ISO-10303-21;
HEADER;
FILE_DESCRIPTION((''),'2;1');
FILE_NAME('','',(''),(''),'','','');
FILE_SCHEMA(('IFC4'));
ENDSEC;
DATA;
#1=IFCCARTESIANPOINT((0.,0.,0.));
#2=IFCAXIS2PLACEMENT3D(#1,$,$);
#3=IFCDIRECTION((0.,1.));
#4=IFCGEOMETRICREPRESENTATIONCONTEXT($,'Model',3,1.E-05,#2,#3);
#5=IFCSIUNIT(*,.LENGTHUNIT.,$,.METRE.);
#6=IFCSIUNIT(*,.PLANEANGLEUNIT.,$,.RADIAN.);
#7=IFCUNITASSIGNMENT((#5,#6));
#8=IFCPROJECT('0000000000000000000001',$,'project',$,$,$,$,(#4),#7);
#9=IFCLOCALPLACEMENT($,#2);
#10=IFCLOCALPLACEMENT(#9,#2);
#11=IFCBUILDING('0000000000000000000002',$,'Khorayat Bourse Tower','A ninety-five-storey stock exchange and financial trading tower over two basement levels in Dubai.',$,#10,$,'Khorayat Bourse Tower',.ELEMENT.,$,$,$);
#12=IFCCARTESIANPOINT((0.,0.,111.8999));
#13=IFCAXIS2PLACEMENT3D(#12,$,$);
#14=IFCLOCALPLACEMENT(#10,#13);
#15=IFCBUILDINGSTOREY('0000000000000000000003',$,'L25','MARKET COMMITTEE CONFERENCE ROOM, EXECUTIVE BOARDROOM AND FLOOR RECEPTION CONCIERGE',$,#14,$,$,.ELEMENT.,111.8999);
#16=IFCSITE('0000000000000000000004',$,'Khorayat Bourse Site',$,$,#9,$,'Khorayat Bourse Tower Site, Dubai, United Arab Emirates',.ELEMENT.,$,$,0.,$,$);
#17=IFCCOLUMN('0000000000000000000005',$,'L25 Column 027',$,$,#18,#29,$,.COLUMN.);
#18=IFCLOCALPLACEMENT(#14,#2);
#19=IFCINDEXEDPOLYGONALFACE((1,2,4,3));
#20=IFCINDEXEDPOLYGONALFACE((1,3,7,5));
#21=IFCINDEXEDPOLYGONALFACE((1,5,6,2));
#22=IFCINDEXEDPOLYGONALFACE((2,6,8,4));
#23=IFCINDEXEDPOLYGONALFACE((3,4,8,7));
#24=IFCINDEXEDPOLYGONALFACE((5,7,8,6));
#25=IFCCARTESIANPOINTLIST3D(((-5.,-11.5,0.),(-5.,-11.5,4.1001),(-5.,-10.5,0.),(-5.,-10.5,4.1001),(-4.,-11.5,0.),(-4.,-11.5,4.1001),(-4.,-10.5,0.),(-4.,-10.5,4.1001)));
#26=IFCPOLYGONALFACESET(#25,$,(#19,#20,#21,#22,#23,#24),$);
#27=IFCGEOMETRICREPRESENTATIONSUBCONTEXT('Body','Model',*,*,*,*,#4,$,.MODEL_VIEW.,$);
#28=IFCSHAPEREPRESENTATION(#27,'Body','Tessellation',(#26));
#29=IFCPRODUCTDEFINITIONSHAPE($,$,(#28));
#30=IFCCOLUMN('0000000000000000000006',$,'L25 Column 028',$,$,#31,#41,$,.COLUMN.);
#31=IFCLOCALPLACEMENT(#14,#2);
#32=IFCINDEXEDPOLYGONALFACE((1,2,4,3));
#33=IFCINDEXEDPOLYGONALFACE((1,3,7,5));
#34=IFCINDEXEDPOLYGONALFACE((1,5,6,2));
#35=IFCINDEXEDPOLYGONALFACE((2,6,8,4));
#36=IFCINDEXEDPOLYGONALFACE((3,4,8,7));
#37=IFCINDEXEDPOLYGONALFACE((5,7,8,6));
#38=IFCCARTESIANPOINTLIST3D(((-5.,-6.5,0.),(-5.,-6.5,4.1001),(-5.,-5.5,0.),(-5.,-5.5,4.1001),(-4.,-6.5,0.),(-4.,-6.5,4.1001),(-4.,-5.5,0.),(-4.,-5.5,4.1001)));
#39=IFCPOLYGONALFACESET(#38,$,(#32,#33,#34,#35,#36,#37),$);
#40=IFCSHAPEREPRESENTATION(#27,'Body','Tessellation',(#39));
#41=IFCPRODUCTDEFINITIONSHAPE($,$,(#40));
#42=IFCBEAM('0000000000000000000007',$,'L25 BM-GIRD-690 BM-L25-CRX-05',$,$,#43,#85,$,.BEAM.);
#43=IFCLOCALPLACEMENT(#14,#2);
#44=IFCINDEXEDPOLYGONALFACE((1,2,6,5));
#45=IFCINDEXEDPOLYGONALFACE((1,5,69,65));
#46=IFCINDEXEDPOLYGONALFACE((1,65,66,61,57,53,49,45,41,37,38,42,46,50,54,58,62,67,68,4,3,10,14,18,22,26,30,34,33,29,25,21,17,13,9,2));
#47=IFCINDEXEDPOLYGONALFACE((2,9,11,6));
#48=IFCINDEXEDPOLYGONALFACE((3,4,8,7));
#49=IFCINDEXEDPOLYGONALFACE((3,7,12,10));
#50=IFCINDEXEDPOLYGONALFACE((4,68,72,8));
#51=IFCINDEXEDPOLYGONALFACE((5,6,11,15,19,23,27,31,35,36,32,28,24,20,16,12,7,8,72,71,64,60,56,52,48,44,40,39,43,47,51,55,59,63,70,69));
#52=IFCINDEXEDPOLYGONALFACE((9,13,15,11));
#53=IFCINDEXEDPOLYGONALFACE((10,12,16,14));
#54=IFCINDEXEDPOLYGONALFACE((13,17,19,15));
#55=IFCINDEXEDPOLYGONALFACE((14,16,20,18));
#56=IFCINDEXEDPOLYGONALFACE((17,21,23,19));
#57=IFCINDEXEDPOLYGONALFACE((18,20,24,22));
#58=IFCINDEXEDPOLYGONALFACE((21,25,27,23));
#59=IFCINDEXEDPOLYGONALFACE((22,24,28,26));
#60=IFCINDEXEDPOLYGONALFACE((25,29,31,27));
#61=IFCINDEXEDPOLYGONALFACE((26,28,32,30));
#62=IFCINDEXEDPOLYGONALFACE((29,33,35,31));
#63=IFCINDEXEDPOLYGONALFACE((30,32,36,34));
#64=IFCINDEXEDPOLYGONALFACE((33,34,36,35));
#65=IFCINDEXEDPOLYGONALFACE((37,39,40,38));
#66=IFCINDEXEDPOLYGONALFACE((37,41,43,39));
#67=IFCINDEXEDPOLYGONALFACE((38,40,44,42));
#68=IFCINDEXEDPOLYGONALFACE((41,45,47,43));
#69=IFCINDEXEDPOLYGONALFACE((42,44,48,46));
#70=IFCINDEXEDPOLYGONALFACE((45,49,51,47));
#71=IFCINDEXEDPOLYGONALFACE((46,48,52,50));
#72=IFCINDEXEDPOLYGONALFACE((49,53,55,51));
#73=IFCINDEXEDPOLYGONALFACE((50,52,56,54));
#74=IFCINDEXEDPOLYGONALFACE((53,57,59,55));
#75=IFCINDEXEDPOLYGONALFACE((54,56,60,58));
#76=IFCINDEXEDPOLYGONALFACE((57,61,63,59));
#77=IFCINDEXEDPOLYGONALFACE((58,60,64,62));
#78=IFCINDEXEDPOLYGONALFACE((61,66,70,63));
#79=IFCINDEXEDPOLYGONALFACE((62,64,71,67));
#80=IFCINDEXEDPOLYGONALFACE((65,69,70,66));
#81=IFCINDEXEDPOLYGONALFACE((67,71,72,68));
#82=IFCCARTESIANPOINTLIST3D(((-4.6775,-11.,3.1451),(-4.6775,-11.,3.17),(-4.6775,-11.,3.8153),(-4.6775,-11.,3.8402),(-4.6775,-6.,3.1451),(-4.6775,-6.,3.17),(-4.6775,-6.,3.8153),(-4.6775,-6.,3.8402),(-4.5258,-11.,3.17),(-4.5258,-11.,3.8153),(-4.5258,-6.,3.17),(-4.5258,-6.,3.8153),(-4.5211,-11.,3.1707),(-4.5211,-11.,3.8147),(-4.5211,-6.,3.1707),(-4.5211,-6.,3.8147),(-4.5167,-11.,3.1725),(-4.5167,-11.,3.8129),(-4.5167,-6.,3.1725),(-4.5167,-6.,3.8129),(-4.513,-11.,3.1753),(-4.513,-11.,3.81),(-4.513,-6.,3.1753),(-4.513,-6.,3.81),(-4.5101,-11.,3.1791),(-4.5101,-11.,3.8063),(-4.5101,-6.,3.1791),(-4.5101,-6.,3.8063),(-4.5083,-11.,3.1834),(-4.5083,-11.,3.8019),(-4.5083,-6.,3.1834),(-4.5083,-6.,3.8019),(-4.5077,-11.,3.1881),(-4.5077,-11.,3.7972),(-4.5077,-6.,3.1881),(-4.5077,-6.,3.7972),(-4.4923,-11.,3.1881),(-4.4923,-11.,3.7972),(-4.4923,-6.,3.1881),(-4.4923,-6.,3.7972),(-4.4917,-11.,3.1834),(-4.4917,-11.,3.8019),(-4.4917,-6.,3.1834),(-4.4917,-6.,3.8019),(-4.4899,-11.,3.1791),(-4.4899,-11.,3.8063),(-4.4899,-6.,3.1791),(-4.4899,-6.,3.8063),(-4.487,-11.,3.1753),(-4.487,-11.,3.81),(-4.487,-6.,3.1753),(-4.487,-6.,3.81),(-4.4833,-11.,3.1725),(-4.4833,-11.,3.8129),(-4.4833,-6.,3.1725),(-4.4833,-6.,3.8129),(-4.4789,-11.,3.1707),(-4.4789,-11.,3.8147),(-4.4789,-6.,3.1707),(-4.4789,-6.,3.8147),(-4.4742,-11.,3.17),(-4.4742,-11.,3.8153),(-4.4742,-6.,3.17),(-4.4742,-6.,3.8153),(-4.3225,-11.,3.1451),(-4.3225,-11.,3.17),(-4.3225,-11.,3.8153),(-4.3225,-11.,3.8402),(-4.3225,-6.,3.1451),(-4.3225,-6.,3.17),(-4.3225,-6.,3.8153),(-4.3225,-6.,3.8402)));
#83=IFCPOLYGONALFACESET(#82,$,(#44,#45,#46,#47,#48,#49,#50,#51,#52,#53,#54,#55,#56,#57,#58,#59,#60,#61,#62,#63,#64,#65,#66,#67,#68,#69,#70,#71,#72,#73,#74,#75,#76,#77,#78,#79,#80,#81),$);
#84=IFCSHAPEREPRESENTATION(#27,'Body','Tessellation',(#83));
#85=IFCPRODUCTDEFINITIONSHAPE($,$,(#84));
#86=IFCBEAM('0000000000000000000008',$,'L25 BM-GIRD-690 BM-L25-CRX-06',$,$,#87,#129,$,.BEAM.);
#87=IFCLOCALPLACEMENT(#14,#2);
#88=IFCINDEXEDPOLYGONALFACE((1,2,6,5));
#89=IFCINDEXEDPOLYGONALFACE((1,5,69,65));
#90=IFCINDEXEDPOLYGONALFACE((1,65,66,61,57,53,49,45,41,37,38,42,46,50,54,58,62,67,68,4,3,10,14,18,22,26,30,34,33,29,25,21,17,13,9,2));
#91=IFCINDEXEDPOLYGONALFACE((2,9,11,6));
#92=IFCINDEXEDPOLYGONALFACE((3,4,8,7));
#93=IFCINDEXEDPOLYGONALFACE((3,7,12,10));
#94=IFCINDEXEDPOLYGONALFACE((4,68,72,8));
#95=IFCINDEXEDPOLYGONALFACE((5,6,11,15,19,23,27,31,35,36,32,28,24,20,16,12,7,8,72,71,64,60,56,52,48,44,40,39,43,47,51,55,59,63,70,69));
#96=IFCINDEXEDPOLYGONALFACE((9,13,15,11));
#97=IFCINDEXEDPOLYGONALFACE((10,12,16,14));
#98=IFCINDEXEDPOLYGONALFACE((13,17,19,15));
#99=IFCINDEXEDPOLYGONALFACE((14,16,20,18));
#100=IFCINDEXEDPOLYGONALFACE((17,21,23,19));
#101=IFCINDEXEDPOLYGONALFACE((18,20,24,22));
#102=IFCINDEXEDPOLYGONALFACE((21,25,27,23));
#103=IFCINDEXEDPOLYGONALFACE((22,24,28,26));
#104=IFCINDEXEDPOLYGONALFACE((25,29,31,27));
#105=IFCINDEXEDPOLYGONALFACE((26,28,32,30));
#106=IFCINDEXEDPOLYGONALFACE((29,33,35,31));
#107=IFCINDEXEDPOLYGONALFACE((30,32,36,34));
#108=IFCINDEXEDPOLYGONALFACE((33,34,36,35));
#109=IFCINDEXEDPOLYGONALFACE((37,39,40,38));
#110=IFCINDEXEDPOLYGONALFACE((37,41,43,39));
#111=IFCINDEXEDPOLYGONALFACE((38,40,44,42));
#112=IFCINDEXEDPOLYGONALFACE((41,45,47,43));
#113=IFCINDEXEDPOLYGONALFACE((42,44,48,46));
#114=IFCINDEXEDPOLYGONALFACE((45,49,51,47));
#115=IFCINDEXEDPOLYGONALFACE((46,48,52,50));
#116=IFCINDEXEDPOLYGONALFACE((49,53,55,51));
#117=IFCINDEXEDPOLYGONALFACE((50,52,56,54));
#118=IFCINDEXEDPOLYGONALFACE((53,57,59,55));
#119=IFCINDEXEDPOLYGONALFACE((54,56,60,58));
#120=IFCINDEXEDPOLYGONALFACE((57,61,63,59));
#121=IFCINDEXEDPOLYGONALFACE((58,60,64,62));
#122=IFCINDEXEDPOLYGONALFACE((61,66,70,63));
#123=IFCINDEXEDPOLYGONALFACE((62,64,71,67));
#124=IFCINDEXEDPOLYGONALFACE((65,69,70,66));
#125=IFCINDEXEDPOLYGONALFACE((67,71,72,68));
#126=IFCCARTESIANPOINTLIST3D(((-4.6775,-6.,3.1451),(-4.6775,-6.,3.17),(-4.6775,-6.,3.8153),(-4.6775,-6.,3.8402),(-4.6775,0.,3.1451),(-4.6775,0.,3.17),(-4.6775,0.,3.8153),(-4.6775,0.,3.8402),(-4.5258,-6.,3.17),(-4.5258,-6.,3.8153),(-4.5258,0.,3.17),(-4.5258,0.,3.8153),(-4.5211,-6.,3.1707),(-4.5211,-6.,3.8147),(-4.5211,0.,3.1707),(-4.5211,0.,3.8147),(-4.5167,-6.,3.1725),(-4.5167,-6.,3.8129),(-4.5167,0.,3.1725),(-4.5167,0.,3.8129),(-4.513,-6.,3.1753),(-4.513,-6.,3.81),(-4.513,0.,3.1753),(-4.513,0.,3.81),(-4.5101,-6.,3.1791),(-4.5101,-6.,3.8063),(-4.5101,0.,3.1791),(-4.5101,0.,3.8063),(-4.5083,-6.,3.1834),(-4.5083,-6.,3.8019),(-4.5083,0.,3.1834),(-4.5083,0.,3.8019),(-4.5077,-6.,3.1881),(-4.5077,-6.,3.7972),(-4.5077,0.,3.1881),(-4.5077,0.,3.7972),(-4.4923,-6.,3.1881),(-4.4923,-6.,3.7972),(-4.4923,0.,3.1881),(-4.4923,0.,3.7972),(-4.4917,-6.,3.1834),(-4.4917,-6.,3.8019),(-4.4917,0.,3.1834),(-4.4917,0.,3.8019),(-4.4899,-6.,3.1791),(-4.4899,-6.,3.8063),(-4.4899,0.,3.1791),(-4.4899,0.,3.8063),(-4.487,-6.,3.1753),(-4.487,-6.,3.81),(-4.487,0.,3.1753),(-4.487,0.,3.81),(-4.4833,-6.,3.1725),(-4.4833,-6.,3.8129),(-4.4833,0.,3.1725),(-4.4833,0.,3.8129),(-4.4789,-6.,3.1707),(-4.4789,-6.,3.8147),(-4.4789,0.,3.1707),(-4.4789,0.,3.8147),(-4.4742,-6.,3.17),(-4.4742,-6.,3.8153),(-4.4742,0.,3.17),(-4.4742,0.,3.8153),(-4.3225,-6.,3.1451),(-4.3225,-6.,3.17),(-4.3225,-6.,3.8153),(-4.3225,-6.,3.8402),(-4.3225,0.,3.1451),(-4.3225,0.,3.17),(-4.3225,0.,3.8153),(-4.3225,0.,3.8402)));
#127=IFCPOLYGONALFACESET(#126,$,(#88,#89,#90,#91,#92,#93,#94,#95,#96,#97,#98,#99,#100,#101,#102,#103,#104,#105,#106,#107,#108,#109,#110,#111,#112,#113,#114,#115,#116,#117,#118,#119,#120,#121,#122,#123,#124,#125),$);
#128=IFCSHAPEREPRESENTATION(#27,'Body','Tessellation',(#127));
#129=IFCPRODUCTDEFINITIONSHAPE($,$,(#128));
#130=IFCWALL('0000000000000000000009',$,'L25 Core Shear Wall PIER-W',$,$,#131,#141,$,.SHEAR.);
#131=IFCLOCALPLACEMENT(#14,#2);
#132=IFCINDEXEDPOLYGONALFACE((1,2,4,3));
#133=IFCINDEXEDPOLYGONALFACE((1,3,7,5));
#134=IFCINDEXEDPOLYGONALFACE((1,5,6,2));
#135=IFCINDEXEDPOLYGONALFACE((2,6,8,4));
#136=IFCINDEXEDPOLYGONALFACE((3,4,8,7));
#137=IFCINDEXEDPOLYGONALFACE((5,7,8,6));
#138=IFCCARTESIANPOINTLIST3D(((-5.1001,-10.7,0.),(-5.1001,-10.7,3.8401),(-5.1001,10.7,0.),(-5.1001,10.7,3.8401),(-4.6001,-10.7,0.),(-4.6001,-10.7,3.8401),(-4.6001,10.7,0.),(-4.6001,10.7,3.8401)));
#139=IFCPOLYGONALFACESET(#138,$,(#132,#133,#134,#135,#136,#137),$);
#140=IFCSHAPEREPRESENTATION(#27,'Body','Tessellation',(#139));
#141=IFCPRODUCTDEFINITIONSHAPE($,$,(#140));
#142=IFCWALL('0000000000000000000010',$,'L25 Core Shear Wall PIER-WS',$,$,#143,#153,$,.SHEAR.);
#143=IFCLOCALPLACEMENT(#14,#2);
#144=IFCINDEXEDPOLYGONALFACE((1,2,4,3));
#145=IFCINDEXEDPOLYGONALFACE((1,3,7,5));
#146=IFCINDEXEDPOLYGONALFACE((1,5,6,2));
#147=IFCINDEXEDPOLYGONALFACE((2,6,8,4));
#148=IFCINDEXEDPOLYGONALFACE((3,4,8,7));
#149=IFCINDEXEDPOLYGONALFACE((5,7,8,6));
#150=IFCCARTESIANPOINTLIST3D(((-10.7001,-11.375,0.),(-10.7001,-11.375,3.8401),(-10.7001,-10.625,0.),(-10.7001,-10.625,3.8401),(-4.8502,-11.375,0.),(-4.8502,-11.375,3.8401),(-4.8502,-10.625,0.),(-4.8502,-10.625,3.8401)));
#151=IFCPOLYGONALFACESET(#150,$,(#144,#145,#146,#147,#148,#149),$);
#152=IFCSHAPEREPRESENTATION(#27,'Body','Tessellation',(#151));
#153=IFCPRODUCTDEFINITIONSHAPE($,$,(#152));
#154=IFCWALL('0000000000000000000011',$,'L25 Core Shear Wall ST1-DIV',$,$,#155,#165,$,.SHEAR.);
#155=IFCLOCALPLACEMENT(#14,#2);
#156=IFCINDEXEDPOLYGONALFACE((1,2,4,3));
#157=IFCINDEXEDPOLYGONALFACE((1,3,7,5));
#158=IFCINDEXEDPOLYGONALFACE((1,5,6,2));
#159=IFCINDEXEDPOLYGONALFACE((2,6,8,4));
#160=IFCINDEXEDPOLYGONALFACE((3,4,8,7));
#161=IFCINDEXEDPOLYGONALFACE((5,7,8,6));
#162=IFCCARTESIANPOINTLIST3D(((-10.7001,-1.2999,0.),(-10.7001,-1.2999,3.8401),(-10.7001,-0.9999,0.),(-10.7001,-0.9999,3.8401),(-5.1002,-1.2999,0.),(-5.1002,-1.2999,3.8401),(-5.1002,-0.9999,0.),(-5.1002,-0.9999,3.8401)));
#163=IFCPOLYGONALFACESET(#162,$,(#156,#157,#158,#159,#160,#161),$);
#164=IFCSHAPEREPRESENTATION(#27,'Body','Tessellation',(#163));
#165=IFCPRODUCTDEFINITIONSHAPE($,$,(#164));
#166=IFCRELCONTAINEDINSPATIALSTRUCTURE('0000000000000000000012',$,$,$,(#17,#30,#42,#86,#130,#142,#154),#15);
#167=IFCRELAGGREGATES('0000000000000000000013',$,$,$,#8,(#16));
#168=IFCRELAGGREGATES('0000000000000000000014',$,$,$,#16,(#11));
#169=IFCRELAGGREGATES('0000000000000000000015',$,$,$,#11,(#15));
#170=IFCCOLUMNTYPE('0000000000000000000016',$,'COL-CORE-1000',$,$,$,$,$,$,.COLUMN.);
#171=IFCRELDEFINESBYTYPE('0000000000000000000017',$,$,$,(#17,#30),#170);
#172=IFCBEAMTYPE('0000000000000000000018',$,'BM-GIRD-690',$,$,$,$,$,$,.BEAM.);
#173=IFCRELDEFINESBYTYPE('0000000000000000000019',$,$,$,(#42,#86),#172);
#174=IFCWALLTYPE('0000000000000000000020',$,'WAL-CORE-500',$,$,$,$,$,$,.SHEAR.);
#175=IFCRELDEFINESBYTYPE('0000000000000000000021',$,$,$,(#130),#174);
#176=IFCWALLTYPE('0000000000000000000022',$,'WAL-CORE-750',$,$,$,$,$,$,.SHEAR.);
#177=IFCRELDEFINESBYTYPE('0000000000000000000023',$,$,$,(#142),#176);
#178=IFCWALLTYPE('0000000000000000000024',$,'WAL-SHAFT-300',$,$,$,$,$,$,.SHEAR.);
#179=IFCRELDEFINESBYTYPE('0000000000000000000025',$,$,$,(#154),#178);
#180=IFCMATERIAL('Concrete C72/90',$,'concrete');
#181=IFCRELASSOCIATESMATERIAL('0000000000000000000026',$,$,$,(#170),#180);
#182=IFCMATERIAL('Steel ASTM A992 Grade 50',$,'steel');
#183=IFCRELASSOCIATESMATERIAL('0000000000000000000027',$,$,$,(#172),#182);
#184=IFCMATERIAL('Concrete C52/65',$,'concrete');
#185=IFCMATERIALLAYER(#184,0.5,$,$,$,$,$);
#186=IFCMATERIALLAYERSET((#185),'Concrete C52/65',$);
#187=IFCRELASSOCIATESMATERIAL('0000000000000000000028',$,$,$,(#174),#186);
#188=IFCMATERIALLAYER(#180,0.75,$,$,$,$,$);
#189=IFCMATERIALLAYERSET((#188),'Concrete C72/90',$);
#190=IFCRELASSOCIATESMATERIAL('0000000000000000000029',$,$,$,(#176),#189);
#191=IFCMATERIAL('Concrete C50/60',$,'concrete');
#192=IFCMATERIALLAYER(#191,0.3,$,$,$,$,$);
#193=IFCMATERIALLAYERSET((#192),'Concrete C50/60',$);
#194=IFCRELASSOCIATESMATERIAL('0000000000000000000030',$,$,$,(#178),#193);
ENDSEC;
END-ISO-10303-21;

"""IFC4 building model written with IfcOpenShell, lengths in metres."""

from ifc_helpers import new_model, si_unit, direction, frame, frame_2d, origin, origin_2d, place, context, subcontext, project, spatial, rectangle, i_section, extrude, source, transform, mapped, material, layer, layer_set, material_profile, profile_set, type_object, element, save


model = new_model("IFC4")

# Units and contexts
model_context = context("Model", 3, precision=1e-05, world=origin(), true_north=direction((0.0, 1.0)))
body_context = subcontext(model_context, "Body", "Model", "MODEL_VIEW")
ifc_project = project(units=[si_unit("LENGTHUNIT", "METRE"), si_unit("PLANEANGLEUNIT", "RADIAN")], contexts=[model_context])

# Site, building, storey
site_placement = place(None, origin())
site = spatial("IfcSite", under=ifc_project, at=site_placement, Name="Khorayat Bourse Site", LongName="Khorayat Bourse Tower Site, Dubai, United Arab Emirates", CompositionType="ELEMENT", RefElevation=0.0)
building_placement = place(site_placement, origin())
building = spatial("IfcBuilding", under=site, at=building_placement, Name="Khorayat Bourse Tower", Description="A ninety-five-storey stock exchange and financial trading tower over two basement levels in Dubai.", LongName="Khorayat Bourse Tower", CompositionType="ELEMENT")
storey_placement = place(building_placement, frame((0.0, 0.0, 111.8999)))
storey = spatial("IfcBuildingStorey", under=building, at=storey_placement, Name="L25", Description="MARKET COMMITTEE CONFERENCE ROOM, EXECUTIVE BOARDROOM AND FLOOR RECEPTION CONCIERGE", CompositionType="ELEMENT", Elevation=111.8999)

# Columns
ifc_material_1 = material(Name="Concrete C72/90", Category="concrete")
ifc_material_profile_1 = material_profile(ifc_material_1, rectangle(XDim=1.0, YDim=1.0, at=origin_2d()), Name="RC 1000x1000")
ifc_profile_set_1 = profile_set([ifc_material_profile_1], Name="Concrete C72/90")
column_type = type_object("IfcColumnType", Name="COL-CORE-1000", PredefinedType="COLUMN", material=ifc_profile_set_1)
shared_shape_1 = source(origin(), body_context, "Body", "SweptSolid", [
    extrude(rectangle(XDim=1.0, YDim=1.0, at=origin_2d()), origin(), (0.0, 0.0, 1.0), 4.1001),
])
for number, where, z_axis, x_axis, name in (
    (1, (-4.5, -11.0, 0.0), (0.0, 0.0, 1.0), (1.0, 0.0, 0.0), "L25 Column 027"),
    (2, (-4.5, -6.0, 0.0), (0.0, 0.0, 1.0), (1.0, 0.0, 0.0), "L25 Column 028"),
):
    element("IfcColumn", number, at=place(storey_placement, frame(where, z_axis=z_axis, x_axis=x_axis)), inside=storey, type_object=column_type, Name=name, PredefinedType="COLUMN", context=body_context, shape_type="MappedRepresentation", body=[
        mapped(shared_shape_1, transform((0.0, 0.0, 0.0), scale=1.0)),
    ])

# Beams
ifc_material_2 = material(Name="Steel ASTM A992 Grade 50", Category="steel")
ifc_material_profile_2 = material_profile(ifc_material_2, i_section(OverallWidth=0.355, OverallDepth=0.6951, WebThickness=0.0154, FlangeThickness=0.0249, FilletRadius=0.0181, at=origin_2d()), Name="W690X217")
ifc_profile_set_2 = profile_set([ifc_material_profile_2], Name="Steel ASTM A992 Grade 50")
beam_type = type_object("IfcBeamType", Name="BM-GIRD-690", PredefinedType="BEAM", material=ifc_profile_set_2)
shared_shape_2 = source(origin(), body_context, "Body", "SweptSolid", [
    extrude(i_section(OverallWidth=0.355, OverallDepth=0.6951, WebThickness=0.0154, FlangeThickness=0.0249, FilletRadius=0.0181, at=origin_2d()), origin(), (0.0, 0.0, 1.0), 5.0),
])
beam_1_placement = place(storey_placement, frame((-4.5, -11.0, 3.4927), z_axis=(0.0, 1.0, 0.0), x_axis=(-1.0, 0.0, 0.0)))
element("IfcBeam", 3, at=beam_1_placement, inside=storey, type_object=beam_type, Name="L25 BM-GIRD-690 BM-L25-CRX-05", PredefinedType="BEAM", context=body_context, shape_type="MappedRepresentation", body=[
    mapped(shared_shape_2, transform((0.0, 0.0, 0.0), scale=1.0)),
])
shared_shape_3 = source(origin(), body_context, "Body", "SweptSolid", [
    extrude(i_section(OverallWidth=0.355, OverallDepth=0.6951, WebThickness=0.0154, FlangeThickness=0.0249, FilletRadius=0.0181, at=origin_2d()), origin(), (0.0, 0.0, 1.0), 6.0),
])
beam_2_placement = place(storey_placement, frame((-4.5, -6.0, 3.4927), z_axis=(0.0, 1.0, 0.0), x_axis=(-1.0, 0.0, 0.0)))
element("IfcBeam", 4, at=beam_2_placement, inside=storey, type_object=beam_type, Name="L25 BM-GIRD-690 BM-L25-CRX-06", PredefinedType="BEAM", context=body_context, shape_type="MappedRepresentation", body=[
    mapped(shared_shape_3, transform((0.0, 0.0, 0.0), scale=1.0)),
])

# Walls
ifc_material_3 = material(Name="Concrete C52/65", Category="concrete")
ifc_layer_1 = layer(ifc_material_3, 0.5)
ifc_layer_set_1 = layer_set([ifc_layer_1], Name="Concrete C52/65")
wall_type_1 = type_object("IfcWallType", Name="WAL-CORE-500", PredefinedType="SHEAR", material=ifc_layer_set_1)
shared_shape_4 = source(origin(), body_context, "Body", "SweptSolid", [
    extrude(rectangle(XDim=21.3999, YDim=0.5, at=frame_2d((10.7, 0.0))), origin(), (0.0, 0.0, 1.0), 3.8401),
])
wall_1_placement = place(storey_placement, frame((-4.8501, -10.7, 0.0), z_axis=(0.0, 0.0, 1.0), x_axis=(0.0, 1.0, 0.0)))
element("IfcWall", 5, at=wall_1_placement, inside=storey, type_object=wall_type_1, Name="L25 Core Shear Wall PIER-W", PredefinedType="SHEAR", context=body_context, shape_type="MappedRepresentation", body=[
    mapped(shared_shape_4, transform((0.0, 0.0, 0.0), scale=1.0)),
])
ifc_layer_2 = layer(ifc_material_1, 0.75)
ifc_layer_set_2 = layer_set([ifc_layer_2], Name="Concrete C72/90")
wall_type_2 = type_object("IfcWallType", Name="WAL-CORE-750", PredefinedType="SHEAR", material=ifc_layer_set_2)
shared_shape_5 = source(origin(), body_context, "Body", "SweptSolid", [
    extrude(rectangle(XDim=5.8499, YDim=0.75, at=frame_2d((2.9248, 0.0))), origin(), (0.0, 0.0, 1.0), 3.8401),
])
wall_2_placement = place(storey_placement, frame((-10.7, -11.0, 0.0), z_axis=(0.0, 0.0, 1.0), x_axis=(1.0, 0.0, 0.0)))
element("IfcWall", 6, at=wall_2_placement, inside=storey, type_object=wall_type_2, Name="L25 Core Shear Wall PIER-WS", PredefinedType="SHEAR", context=body_context, shape_type="MappedRepresentation", body=[
    mapped(shared_shape_5, transform((0.0, 0.0, 0.0), scale=1.0)),
])
ifc_material_4 = material(Name="Concrete C50/60", Category="concrete")
ifc_layer_3 = layer(ifc_material_4, 0.3)
ifc_layer_set_3 = layer_set([ifc_layer_3], Name="Concrete C50/60")
wall_type_3 = type_object("IfcWallType", Name="WAL-SHAFT-300", PredefinedType="SHEAR", material=ifc_layer_set_3)
shared_shape_6 = source(origin(), body_context, "Body", "SweptSolid", [
    extrude(rectangle(XDim=5.5999, YDim=0.3, at=frame_2d((2.7998, 0.0))), origin(), (0.0, 0.0, 1.0), 3.8401),
])
wall_3_placement = place(storey_placement, frame((-10.7, -1.1499, 0.0), z_axis=(0.0, 0.0, 1.0), x_axis=(1.0, 0.0, 0.0)))
element("IfcWall", 7, at=wall_3_placement, inside=storey, type_object=wall_type_3, Name="L25 Core Shear Wall ST1-DIV", PredefinedType="SHEAR", context=body_context, shape_type="MappedRepresentation", body=[
    mapped(shared_shape_6, transform((0.0, 0.0, 0.0), scale=1.0)),
])

save(model, "model.ifc")
